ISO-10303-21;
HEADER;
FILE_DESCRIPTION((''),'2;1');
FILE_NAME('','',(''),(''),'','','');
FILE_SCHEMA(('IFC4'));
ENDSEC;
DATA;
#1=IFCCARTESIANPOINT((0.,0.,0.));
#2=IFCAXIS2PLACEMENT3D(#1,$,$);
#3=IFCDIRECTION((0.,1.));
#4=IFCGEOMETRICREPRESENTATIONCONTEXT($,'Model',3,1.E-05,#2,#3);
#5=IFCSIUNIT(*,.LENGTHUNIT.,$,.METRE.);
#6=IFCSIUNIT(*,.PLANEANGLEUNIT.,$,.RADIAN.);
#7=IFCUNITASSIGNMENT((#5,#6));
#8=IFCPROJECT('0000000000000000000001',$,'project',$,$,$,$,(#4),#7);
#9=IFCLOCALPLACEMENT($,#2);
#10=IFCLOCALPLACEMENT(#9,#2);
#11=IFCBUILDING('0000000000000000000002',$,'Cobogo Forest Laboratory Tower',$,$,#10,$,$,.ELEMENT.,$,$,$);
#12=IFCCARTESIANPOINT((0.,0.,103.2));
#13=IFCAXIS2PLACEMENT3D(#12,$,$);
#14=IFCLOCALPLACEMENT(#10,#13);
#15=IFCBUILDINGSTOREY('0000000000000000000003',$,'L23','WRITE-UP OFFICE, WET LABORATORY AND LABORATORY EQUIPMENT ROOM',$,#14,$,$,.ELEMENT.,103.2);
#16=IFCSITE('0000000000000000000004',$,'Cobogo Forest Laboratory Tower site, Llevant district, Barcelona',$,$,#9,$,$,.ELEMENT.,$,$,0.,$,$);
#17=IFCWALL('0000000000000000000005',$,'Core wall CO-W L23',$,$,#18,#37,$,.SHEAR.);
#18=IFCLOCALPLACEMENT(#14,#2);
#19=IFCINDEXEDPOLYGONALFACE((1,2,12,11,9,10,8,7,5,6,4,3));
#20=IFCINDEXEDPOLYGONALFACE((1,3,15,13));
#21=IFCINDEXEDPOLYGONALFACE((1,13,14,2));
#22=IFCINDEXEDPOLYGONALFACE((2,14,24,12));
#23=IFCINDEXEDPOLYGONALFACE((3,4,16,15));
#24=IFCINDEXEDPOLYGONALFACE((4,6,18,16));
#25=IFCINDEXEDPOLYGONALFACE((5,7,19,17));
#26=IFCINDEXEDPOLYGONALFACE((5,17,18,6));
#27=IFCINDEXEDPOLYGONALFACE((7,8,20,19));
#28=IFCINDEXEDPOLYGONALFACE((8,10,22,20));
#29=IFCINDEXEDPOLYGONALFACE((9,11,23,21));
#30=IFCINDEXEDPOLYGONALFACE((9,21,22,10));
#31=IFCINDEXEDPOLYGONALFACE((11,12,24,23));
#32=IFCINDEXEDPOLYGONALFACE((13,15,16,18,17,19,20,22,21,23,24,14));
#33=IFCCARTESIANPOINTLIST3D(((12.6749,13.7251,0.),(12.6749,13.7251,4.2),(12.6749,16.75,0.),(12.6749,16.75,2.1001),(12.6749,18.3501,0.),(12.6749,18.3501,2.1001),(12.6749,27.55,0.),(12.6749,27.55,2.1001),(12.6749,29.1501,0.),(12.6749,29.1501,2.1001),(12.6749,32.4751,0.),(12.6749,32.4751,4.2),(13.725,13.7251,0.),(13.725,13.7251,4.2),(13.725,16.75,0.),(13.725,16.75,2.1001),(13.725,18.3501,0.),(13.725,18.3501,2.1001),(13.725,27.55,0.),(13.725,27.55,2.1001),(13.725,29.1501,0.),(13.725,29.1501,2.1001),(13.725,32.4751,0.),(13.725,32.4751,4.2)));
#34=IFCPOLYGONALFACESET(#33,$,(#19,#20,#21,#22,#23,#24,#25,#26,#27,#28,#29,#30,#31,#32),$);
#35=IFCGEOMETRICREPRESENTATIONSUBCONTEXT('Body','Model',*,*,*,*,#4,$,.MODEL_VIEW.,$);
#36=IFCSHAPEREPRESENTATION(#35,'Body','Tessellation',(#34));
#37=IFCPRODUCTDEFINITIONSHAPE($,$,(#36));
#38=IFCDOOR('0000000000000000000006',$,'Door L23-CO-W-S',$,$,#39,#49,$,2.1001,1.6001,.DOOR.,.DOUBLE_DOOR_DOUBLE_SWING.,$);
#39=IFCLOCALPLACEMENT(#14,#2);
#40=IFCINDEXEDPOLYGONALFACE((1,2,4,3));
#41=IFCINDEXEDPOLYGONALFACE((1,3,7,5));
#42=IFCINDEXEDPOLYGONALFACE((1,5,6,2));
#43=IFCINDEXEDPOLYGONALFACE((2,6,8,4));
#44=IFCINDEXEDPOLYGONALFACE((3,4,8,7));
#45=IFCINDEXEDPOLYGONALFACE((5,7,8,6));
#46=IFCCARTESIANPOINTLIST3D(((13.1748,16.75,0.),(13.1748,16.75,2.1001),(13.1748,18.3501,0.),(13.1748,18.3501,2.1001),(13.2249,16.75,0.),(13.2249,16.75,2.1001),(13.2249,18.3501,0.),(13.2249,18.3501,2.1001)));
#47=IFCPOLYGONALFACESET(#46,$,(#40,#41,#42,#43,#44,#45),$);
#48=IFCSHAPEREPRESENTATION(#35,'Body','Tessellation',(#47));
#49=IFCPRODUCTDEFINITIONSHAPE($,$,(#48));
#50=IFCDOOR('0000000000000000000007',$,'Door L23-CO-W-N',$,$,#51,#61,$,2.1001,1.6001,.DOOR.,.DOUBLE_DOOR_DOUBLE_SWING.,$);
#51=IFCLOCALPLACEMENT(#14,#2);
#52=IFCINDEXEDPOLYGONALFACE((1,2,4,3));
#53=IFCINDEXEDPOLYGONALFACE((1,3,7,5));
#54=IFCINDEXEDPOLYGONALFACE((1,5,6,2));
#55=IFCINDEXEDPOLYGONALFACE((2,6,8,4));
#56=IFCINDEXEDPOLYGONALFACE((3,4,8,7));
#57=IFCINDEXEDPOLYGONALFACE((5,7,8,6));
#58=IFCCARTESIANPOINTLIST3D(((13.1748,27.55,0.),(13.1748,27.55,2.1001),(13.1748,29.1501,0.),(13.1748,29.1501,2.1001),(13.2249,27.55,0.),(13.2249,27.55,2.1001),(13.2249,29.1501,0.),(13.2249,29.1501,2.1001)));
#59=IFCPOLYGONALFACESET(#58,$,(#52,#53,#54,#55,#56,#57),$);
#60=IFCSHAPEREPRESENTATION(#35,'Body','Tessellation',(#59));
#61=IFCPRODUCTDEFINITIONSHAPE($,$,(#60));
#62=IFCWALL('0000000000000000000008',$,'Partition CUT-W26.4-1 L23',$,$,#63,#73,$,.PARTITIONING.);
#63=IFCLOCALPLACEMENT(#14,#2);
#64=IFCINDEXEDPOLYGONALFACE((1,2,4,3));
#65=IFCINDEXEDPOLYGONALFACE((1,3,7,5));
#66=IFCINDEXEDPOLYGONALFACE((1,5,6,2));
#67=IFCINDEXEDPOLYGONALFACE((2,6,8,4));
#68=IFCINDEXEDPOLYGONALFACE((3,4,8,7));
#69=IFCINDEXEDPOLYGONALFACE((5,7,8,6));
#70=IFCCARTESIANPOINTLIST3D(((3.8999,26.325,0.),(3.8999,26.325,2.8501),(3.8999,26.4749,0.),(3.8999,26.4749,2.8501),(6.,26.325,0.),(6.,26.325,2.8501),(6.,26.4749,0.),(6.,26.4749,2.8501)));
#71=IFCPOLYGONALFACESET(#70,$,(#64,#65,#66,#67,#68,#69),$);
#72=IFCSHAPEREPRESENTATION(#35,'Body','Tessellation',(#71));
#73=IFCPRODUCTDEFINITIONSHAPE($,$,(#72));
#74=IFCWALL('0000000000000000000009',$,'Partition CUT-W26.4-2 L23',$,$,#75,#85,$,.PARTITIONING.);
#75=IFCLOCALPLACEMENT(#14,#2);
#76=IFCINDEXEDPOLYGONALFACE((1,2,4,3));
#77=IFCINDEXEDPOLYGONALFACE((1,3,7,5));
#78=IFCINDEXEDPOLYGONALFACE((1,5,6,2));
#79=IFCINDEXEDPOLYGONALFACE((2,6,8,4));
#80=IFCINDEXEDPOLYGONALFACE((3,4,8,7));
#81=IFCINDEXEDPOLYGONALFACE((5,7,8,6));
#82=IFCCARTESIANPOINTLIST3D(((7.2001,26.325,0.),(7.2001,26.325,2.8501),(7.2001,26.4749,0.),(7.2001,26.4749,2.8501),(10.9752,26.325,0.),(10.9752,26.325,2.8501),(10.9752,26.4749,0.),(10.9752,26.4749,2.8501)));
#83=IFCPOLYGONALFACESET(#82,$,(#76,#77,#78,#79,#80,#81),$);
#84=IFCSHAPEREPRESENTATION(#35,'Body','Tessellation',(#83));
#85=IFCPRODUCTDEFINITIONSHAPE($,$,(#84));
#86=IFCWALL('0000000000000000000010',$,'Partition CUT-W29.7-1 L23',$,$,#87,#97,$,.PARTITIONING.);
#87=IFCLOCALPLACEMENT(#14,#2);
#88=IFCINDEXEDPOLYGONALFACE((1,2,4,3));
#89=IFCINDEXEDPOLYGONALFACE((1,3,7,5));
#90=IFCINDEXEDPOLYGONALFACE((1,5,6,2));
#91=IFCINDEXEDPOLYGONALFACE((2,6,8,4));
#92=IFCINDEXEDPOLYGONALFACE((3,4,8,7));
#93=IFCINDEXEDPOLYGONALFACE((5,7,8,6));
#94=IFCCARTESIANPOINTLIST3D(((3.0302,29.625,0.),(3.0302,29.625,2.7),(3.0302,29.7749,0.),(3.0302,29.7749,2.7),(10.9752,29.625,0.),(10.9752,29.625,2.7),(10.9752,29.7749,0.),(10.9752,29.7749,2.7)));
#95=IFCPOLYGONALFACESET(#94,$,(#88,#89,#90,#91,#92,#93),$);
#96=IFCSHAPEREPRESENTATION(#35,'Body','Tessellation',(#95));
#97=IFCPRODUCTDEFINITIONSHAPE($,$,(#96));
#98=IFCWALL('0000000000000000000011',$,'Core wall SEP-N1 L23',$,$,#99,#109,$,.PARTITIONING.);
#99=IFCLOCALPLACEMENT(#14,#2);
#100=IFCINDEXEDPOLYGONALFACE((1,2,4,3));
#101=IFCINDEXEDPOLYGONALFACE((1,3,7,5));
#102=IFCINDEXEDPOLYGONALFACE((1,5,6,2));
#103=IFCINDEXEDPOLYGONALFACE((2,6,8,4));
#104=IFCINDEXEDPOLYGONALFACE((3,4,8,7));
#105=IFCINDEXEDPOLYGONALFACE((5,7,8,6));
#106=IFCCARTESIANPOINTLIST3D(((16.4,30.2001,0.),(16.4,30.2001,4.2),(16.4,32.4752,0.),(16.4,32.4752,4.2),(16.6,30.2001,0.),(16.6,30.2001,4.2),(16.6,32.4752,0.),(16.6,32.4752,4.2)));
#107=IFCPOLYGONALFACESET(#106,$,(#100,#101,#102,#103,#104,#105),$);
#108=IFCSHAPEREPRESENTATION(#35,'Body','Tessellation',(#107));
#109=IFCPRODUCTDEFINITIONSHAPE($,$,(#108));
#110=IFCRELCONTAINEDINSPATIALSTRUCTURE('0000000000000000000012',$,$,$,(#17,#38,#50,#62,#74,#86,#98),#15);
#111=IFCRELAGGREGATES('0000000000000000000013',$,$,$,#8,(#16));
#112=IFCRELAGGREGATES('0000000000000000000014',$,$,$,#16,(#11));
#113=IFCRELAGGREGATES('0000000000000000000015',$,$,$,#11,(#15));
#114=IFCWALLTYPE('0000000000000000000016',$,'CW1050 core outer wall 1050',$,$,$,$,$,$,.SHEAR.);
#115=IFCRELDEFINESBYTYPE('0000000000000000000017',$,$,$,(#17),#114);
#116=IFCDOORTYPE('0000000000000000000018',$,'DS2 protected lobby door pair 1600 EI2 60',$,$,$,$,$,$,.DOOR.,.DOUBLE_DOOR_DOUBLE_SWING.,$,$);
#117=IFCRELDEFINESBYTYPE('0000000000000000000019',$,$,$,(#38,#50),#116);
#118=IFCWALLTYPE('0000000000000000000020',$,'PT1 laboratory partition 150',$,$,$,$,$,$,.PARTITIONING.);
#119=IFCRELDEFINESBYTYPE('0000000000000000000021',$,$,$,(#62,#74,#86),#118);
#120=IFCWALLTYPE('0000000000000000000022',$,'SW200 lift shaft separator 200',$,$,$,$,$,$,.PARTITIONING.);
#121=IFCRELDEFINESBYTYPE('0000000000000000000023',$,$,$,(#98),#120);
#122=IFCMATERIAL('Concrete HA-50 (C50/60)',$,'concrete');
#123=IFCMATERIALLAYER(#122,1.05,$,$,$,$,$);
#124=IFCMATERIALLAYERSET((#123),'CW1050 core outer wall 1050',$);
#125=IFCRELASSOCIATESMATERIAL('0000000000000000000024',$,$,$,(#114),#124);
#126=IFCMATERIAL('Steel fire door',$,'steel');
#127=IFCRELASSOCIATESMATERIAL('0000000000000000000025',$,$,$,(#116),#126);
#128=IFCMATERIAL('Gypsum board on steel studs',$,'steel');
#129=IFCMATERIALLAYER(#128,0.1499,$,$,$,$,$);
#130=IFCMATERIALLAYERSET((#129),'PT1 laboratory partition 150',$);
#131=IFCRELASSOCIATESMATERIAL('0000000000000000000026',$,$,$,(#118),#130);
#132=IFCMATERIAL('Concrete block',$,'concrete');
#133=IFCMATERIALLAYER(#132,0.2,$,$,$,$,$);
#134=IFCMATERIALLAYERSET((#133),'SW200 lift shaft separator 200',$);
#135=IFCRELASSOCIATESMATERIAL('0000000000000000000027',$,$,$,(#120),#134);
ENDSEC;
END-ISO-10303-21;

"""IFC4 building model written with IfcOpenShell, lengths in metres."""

from ifc_helpers import new_model, si_unit, direction, frame, frame_2d, origin, place, context, subcontext, project, spatial, rectangle, extrude, material, layer, layer_set, type_object, element, fill, save


model = new_model("IFC4")

# Units and contexts
model_context = context("Model", 3, precision=1e-05, world=origin(), true_north=direction((0.0, 1.0)))
body_context = subcontext(model_context, "Body", "Model", "MODEL_VIEW")
ifc_project = project(units=[si_unit("LENGTHUNIT", "METRE"), si_unit("PLANEANGLEUNIT", "RADIAN")], contexts=[model_context])

# Site, building, storey
site_placement = place(None, origin())
site = spatial("IfcSite", under=ifc_project, at=site_placement, Name="Cobogo Forest Laboratory Tower site, Llevant district, Barcelona", CompositionType="ELEMENT", RefElevation=0.0)
building_placement = place(site_placement, origin())
building = spatial("IfcBuilding", under=site, at=building_placement, Name="Cobogo Forest Laboratory Tower", CompositionType="ELEMENT")
storey_placement = place(building_placement, frame((0.0, 0.0, 103.2)))
storey = spatial("IfcBuildingStorey", under=building, at=storey_placement, Name="L23", Description="WRITE-UP OFFICE, WET LABORATORY AND LABORATORY EQUIPMENT ROOM", CompositionType="ELEMENT", Elevation=103.2)

# Shared definitions
ifc_material_1 = material(Name="Concrete HA-50 (C50/60)", Category="concrete")

# Shared definitions
ifc_material_2 = material(Name="Steel fire door", Category="steel")

# Wall, openings, doors
ifc_layer_1 = layer(ifc_material_1, 1.05)
ifc_layer_set_1 = layer_set([ifc_layer_1], Name="CW1050 core outer wall 1050")
wall_type_1 = type_object("IfcWallType", Name="CW1050 core outer wall 1050", PredefinedType="SHEAR", material=ifc_layer_set_1)
wall_1_placement = place(storey_placement, frame((13.2, 32.4751, 0.0), z_axis=(0.0, 0.0, 1.0), x_axis=(0.0, -1.0, 0.0)))
wall_1 = element("IfcWall", 1, at=wall_1_placement, inside=storey, type_object=wall_type_1, Name="Core wall CO-W L23", PredefinedType="SHEAR", context=body_context, shape_type="SweptSolid", body=[
    extrude(rectangle(XDim=18.75, YDim=1.05, at=frame_2d((9.375, 0.0))), origin(), (0.0, 0.0, 1.0), 4.2),
])
opening_1_placement = place(wall_1_placement, frame((14.125, 0.0, 0.0)))
opening_1 = element("IfcOpeningElement", 2, at=opening_1_placement, cuts=wall_1, PredefinedType="OPENING", context=body_context, shape_type="SweptSolid", body=[
    extrude(rectangle(XDim=1.6001, YDim=2.1001, at=frame_2d((0.8, 1.05))), frame((0.0, 0.5349, 0.0), z_axis=(0.0, -1.0, 0.0), x_axis=(1.0, 0.0, 0.0)), (0.0, 0.0, 1.0), 1.0701),
])
opening_2_placement = place(wall_1_placement, frame((3.325, 0.0, 0.0)))
opening_2 = element("IfcOpeningElement", 3, at=opening_2_placement, cuts=wall_1, PredefinedType="OPENING", context=body_context, shape_type="SweptSolid", body=[
    extrude(rectangle(XDim=1.6001, YDim=2.1001, at=frame_2d((0.8, 1.05))), frame((0.0, 0.5349, 0.0), z_axis=(0.0, -1.0, 0.0), x_axis=(1.0, 0.0, 0.0)), (0.0, 0.0, 1.0), 1.0701),
])
door_type_1 = type_object("IfcDoorType", Name="DS2 protected lobby door pair 1600 EI2 60", OperationType="DOUBLE_DOOR_DOUBLE_SWING", PredefinedType="DOOR", material=ifc_material_2)
door_1_placement = place(opening_1_placement, origin())
door_1 = element("IfcDoor", 4, at=door_1_placement, inside=storey, type_object=door_type_1, Name="Door L23-CO-W-S", OperationType="DOUBLE_DOOR_DOUBLE_SWING", OverallHeight=2.1001, OverallWidth=1.6001, PredefinedType="DOOR", context=body_context, shape_type="SweptSolid", body=[
    extrude(rectangle(XDim=1.6001, YDim=2.1001, at=frame_2d((0.8, 1.05))), frame((0.0, 0.0249, 0.0), z_axis=(0.0, -1.0, 0.0), x_axis=(1.0, 0.0, 0.0)), (0.0, 0.0, 1.0), 0.05),
])
fill(opening_1, door_1)
door_2_placement = place(opening_2_placement, origin())
door_2 = element("IfcDoor", 5, at=door_2_placement, inside=storey, type_object=door_type_1, Name="Door L23-CO-W-N", OperationType="DOUBLE_DOOR_DOUBLE_SWING", OverallHeight=2.1001, OverallWidth=1.6001, PredefinedType="DOOR", context=body_context, shape_type="SweptSolid", body=[
    extrude(rectangle(XDim=1.6001, YDim=2.1001, at=frame_2d((0.8, 1.05))), frame((0.0, 0.0249, 0.0), z_axis=(0.0, -1.0, 0.0), x_axis=(1.0, 0.0, 0.0)), (0.0, 0.0, 1.0), 0.05),
])
fill(opening_2, door_2)

# Walls
ifc_material_3 = material(Name="Gypsum board on steel studs", Category="steel")
ifc_layer_2 = layer(ifc_material_3, 0.1499)
ifc_layer_set_2 = layer_set([ifc_layer_2], Name="PT1 laboratory partition 150")
wall_type_2 = type_object("IfcWallType", Name="PT1 laboratory partition 150", PredefinedType="PARTITIONING", material=ifc_layer_set_2)
wall_2_placement = place(storey_placement, frame((3.8999, 26.3999, 0.0), z_axis=(0.0, 0.0, 1.0), x_axis=(1.0, 0.0, 0.0)))
element("IfcWall", 6, at=wall_2_placement, inside=storey, type_object=wall_type_2, Name="Partition CUT-W26.4-1 L23", PredefinedType="PARTITIONING", context=body_context, shape_type="SweptSolid", body=[
    extrude(rectangle(XDim=2.1001, YDim=0.1499, at=frame_2d((1.05, 0.0))), origin(), (0.0, 0.0, 1.0), 2.8501),
])
wall_3_placement = place(storey_placement, frame((7.2, 26.3999, 0.0), z_axis=(0.0, 0.0, 1.0), x_axis=(1.0, 0.0, 0.0)))
element("IfcWall", 7, at=wall_3_placement, inside=storey, type_object=wall_type_2, Name="Partition CUT-W26.4-2 L23", PredefinedType="PARTITIONING", context=body_context, shape_type="SweptSolid", body=[
    extrude(rectangle(XDim=3.7751, YDim=0.1499, at=frame_2d((1.8877, 0.0))), origin(), (0.0, 0.0, 1.0), 2.8501),
])
wall_4_placement = place(storey_placement, frame((3.03, 29.7, 0.0), z_axis=(0.0, 0.0, 1.0), x_axis=(1.0, 0.0, 0.0)))
element("IfcWall", 8, at=wall_4_placement, inside=storey, type_object=wall_type_2, Name="Partition CUT-W29.7-1 L23", PredefinedType="PARTITIONING", context=body_context, shape_type="SweptSolid", body=[
    extrude(rectangle(XDim=7.9451, YDim=0.1499, at=frame_2d((3.9727, 0.0))), origin(), (0.0, 0.0, 1.0), 2.7),
])
ifc_material_4 = material(Name="Concrete block", Category="concrete")
ifc_layer_3 = layer(ifc_material_4, 0.2)
ifc_layer_set_3 = layer_set([ifc_layer_3], Name="SW200 lift shaft separator 200")
wall_type_3 = type_object("IfcWallType", Name="SW200 lift shaft separator 200", PredefinedType="PARTITIONING", material=ifc_layer_set_3)
wall_5_placement = place(storey_placement, frame((16.5, 30.2, 0.0), z_axis=(0.0, 0.0, 1.0), x_axis=(0.0, 1.0, 0.0)))
element("IfcWall", 9, at=wall_5_placement, inside=storey, type_object=wall_type_3, Name="Core wall SEP-N1 L23", PredefinedType="PARTITIONING", context=body_context, shape_type="SweptSolid", body=[
    extrude(rectangle(XDim=2.2751, YDim=0.2, at=frame_2d((1.1377, 0.0))), origin(), (0.0, 0.0, 1.0), 4.2),
])

save(model, "model.ifc")
